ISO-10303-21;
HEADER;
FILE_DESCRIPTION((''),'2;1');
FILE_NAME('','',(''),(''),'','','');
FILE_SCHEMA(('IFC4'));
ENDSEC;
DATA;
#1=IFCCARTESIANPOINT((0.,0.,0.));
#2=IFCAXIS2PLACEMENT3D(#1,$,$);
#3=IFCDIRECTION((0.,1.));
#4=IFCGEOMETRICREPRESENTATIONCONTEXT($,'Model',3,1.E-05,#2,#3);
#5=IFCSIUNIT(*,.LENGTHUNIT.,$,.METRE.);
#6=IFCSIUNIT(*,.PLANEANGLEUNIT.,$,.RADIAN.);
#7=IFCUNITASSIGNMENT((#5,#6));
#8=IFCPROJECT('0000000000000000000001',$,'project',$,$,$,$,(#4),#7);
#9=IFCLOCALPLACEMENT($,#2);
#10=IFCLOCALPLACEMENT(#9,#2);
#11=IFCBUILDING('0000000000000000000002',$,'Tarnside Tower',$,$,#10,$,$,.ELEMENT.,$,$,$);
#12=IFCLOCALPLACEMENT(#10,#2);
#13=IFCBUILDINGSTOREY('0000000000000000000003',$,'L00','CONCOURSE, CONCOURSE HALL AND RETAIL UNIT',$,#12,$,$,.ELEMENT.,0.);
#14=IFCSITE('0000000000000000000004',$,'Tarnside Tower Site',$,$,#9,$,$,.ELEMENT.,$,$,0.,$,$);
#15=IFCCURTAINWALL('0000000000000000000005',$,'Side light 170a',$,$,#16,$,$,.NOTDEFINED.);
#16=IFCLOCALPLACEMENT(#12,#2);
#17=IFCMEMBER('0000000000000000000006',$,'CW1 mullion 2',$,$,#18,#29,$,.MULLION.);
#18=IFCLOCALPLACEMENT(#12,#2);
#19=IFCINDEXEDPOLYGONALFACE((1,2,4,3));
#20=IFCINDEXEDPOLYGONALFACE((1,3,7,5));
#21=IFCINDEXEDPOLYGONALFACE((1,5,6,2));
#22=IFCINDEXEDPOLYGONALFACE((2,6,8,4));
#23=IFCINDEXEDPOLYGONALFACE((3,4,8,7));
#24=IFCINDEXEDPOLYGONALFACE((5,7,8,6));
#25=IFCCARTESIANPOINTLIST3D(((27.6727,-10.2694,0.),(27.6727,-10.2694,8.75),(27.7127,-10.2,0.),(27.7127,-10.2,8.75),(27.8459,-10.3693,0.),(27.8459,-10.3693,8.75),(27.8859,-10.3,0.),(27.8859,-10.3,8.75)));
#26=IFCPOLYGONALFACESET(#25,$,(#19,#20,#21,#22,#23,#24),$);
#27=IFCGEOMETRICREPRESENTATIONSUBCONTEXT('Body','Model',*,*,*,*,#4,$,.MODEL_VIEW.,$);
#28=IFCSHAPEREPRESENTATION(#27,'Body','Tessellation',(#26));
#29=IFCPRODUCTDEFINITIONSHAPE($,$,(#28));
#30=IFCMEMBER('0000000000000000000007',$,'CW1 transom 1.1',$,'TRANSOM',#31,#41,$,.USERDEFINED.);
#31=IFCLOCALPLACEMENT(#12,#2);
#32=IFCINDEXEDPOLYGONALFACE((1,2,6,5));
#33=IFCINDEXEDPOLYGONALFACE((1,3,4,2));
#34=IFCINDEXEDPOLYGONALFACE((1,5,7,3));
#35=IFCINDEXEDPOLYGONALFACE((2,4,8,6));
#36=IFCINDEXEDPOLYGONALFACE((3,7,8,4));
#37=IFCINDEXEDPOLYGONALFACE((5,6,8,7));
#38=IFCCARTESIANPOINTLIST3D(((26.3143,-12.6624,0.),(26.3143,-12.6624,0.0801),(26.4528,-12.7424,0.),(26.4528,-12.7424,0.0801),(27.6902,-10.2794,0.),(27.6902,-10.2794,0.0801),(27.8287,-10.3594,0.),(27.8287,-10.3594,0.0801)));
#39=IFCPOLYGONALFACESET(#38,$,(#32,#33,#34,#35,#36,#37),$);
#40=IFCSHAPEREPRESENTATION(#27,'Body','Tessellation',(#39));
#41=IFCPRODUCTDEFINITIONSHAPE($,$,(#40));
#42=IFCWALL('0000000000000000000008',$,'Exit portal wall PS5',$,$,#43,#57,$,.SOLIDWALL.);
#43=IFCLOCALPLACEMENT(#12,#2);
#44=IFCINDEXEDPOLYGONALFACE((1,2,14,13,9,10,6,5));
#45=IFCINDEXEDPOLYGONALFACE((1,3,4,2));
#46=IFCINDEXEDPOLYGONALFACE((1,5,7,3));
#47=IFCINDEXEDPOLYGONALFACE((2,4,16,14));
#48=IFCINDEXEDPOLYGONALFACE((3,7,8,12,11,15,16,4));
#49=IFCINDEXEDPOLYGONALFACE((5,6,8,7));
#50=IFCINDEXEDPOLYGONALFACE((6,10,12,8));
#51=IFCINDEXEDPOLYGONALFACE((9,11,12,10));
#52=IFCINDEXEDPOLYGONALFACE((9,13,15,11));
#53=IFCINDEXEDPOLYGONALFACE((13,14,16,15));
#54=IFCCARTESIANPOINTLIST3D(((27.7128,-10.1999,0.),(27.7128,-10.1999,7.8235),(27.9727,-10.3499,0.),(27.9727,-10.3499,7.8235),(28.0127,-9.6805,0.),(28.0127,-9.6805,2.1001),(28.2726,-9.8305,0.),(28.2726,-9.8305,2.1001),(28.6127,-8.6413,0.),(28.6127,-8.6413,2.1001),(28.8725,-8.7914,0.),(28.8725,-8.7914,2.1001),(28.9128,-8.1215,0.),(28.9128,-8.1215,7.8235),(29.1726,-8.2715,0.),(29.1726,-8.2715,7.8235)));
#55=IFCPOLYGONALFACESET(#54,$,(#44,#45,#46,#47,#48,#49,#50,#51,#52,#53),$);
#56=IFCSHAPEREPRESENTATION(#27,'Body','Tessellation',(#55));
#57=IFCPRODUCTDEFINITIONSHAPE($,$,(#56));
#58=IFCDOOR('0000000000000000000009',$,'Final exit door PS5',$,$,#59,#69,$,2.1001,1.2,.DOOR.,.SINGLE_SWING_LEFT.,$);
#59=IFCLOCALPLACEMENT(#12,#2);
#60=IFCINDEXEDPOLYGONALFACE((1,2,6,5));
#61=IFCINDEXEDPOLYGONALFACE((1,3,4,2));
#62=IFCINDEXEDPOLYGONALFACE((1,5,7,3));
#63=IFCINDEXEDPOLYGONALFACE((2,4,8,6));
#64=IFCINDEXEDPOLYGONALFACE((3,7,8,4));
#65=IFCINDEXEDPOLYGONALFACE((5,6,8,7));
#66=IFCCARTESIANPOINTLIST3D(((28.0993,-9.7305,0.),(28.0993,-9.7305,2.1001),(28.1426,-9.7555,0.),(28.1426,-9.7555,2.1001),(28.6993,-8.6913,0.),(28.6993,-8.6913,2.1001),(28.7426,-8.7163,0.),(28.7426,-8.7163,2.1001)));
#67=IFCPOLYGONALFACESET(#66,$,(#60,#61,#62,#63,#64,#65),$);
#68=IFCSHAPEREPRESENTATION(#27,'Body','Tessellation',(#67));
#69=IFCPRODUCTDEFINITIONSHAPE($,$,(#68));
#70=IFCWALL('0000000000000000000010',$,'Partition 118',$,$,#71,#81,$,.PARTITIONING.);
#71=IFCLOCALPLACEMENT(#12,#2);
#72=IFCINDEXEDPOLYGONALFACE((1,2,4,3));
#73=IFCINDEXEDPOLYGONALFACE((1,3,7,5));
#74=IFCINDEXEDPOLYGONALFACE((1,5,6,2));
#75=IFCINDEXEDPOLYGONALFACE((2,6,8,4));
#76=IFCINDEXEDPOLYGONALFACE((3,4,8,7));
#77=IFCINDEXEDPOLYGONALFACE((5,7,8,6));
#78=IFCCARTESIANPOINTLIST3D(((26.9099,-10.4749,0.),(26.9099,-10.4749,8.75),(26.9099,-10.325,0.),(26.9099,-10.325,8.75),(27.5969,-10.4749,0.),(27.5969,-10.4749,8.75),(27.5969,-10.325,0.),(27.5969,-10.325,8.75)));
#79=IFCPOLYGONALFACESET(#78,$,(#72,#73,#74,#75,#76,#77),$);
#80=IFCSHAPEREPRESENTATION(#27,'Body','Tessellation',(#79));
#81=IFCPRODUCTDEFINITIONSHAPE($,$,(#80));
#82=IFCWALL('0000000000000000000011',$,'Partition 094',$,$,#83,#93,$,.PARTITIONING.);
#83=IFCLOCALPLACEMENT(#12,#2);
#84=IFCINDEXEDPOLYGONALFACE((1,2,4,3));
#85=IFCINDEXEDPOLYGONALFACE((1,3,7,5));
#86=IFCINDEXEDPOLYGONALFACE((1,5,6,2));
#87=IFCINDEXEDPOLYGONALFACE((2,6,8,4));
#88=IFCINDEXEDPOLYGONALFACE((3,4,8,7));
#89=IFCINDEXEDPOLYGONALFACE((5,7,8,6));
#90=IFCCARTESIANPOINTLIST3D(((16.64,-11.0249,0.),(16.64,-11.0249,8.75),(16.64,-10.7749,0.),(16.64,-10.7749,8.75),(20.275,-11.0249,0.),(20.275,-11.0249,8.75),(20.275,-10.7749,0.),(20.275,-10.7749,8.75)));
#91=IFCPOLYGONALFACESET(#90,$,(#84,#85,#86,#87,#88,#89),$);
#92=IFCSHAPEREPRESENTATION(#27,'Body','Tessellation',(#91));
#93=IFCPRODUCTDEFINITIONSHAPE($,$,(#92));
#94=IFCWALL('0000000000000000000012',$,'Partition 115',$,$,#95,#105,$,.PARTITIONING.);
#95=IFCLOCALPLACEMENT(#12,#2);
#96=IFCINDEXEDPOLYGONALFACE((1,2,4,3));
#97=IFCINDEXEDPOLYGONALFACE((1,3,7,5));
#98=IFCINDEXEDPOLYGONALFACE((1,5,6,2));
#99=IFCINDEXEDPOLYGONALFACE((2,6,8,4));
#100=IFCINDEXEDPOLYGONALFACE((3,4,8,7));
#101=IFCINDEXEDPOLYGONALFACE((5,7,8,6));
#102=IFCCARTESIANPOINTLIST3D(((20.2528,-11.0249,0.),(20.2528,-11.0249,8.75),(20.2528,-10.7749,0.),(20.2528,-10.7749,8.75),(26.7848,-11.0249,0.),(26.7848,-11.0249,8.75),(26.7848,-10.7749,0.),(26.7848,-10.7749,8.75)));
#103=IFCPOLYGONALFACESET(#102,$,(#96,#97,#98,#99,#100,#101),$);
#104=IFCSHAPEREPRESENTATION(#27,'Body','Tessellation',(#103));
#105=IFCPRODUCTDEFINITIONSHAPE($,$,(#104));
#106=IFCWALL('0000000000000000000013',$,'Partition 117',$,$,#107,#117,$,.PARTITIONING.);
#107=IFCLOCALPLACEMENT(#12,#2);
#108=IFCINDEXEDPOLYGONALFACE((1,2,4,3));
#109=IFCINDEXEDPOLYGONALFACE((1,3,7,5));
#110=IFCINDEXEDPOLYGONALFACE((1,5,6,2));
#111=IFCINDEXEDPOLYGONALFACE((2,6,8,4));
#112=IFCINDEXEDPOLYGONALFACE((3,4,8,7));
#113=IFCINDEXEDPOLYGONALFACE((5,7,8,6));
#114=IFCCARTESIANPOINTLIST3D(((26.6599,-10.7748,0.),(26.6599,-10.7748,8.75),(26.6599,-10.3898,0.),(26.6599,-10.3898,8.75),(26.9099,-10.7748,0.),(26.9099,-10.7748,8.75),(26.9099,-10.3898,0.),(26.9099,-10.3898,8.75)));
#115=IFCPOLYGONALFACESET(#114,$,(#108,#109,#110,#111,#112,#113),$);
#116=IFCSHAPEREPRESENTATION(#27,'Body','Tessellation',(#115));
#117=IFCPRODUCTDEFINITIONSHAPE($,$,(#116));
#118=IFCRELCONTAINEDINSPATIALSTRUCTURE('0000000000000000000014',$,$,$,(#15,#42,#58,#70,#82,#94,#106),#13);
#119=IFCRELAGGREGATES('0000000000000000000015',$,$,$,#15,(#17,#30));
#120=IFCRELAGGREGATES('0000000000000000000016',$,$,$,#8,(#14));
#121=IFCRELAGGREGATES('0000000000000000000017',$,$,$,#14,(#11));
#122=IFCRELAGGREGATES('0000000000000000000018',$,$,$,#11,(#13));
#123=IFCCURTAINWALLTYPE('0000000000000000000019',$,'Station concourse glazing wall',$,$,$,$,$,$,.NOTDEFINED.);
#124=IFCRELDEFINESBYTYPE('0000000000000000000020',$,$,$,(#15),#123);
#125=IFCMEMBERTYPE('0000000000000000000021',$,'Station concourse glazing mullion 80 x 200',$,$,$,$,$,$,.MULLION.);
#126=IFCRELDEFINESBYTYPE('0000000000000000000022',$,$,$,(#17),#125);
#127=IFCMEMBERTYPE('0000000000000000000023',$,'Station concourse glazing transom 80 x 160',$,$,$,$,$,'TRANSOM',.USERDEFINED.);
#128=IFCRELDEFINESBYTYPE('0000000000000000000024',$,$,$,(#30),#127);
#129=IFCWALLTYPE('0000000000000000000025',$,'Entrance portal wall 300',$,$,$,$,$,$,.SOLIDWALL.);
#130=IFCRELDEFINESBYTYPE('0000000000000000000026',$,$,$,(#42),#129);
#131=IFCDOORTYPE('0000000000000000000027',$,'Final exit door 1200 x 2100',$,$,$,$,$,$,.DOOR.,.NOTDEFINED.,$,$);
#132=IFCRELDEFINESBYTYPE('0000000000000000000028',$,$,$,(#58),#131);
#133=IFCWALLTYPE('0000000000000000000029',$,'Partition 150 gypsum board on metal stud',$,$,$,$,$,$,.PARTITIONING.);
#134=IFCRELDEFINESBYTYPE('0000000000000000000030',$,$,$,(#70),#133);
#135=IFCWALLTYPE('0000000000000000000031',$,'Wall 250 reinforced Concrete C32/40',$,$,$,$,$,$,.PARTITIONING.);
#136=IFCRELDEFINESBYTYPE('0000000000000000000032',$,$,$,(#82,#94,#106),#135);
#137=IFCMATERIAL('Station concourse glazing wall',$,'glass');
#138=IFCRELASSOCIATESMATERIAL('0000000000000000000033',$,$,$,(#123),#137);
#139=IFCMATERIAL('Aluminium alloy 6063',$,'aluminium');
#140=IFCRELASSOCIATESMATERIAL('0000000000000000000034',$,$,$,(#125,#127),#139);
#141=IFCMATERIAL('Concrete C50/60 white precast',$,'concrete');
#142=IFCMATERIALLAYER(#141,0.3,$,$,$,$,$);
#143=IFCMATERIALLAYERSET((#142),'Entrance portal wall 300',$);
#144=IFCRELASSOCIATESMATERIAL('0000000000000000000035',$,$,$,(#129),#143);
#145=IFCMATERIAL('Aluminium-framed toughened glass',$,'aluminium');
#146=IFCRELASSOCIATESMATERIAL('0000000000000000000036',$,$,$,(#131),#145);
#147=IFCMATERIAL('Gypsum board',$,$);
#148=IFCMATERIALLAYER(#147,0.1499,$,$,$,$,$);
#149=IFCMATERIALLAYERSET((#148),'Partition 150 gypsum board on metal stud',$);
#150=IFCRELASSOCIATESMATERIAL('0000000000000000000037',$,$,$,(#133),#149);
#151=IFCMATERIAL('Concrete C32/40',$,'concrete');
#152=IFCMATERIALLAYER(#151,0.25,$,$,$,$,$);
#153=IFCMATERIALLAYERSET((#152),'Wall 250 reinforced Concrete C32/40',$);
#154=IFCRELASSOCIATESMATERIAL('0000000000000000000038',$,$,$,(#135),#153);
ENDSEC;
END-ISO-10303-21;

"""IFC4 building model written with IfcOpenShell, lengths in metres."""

from ifc_helpers import new_model, si_unit, direction, frame, frame_2d, origin, origin_2d, place, context, subcontext, project, spatial, rectangle, extrude, material, layer, layer_set, material_profile, profile_set, type_object, element, fill, aggregate, save


model = new_model("IFC4")

# Units and contexts
model_context = context("Model", 3, precision=1e-05, world=origin(), true_north=direction((0.0, 1.0)))
body_context = subcontext(model_context, "Body", "Model", "MODEL_VIEW")
ifc_project = project(units=[si_unit("LENGTHUNIT", "METRE"), si_unit("PLANEANGLEUNIT", "RADIAN")], contexts=[model_context])

# Site, building, storey
site_placement = place(None, origin())
site = spatial("IfcSite", under=ifc_project, at=site_placement, Name="Tarnside Tower Site", CompositionType="ELEMENT", RefElevation=0.0)
building_placement = place(site_placement, origin())
building = spatial("IfcBuilding", under=site, at=building_placement, Name="Tarnside Tower", CompositionType="ELEMENT")
storey_placement = place(building_placement, origin())
storey = spatial("IfcBuildingStorey", under=building, at=storey_placement, Name="L00", Description="CONCOURSE, CONCOURSE HALL AND RETAIL UNIT", CompositionType="ELEMENT", Elevation=0.0)

# Shared definitions
ifc_material_1 = material(Name="Station concourse glazing wall", Category="glass")
curtain_wall_type = type_object("IfcCurtainWallType", Name="Station concourse glazing wall", PredefinedType="NOTDEFINED", material=ifc_material_1)
ifc_material_2 = material(Name="Aluminium alloy 6063", Category="aluminium")
ifc_material_profile_1 = material_profile(ifc_material_2, rectangle(XDim=0.2, YDim=0.0801, at=origin_2d()), Name="Station concourse glazing mullion 80 x 200")
ifc_profile_set_1 = profile_set([ifc_material_profile_1], Name="Aluminium alloy 6063")
member_type_1 = type_object("IfcMemberType", Name="Station concourse glazing mullion 80 x 200", PredefinedType="MULLION", material=ifc_profile_set_1)

# Curtain wall, members
curtain_wall_1_placement = place(storey_placement, origin())
curtain_wall_1 = element("IfcCurtainWall", 1, at=curtain_wall_1_placement, inside=storey, type_object=curtain_wall_type, Name="Side light 170a", PredefinedType="NOTDEFINED")
member_1_placement = place(storey_placement, frame((27.7793, -10.2847, 0.0), z_axis=(0.0, 0.0, 1.0), x_axis=(-0.866025, 0.5, 0.0)))
member_1 = element("IfcMember", 2, at=member_1_placement, type_object=member_type_1, Name="CW1 mullion 2", PredefinedType="MULLION", context=body_context, shape_type="SweptSolid", body=[
    extrude(rectangle(XDim=0.2, YDim=0.0801, at=origin_2d()), origin(), (0.0, 0.0, 1.0), 8.75),
])
ifc_material_profile_2 = material_profile(ifc_material_2, rectangle(XDim=0.1599, YDim=0.0801, at=origin_2d()), Name="Station concourse glazing transom 80 x 160")
ifc_profile_set_2 = profile_set([ifc_material_profile_2], Name="Aluminium alloy 6063")
member_type_2 = type_object("IfcMemberType", Name="Station concourse glazing transom 80 x 160", ElementType="TRANSOM", PredefinedType="USERDEFINED", material=ifc_profile_set_2)
member_2_placement = place(storey_placement, frame((26.3835, -12.7024, 0.04), z_axis=(0.500032, 0.866007, 0.0), x_axis=(-0.866007, 0.500032, 0.0)))
member_2 = element("IfcMember", 3, at=member_2_placement, type_object=member_type_2, Name="CW1 transom 1.1", ObjectType="TRANSOM", PredefinedType="USERDEFINED", context=body_context, shape_type="SweptSolid", body=[
    extrude(rectangle(XDim=0.1599, YDim=0.0801, at=origin_2d()), origin(), (0.0, 0.0, 1.0), 2.7517),
])
aggregate(curtain_wall_1, [member_1, member_2])

# Wall, opening, door
ifc_material_3 = material(Name="Concrete C50/60 white precast", Category="concrete")
ifc_layer_1 = layer(ifc_material_3, 0.3)
ifc_layer_set_1 = layer_set([ifc_layer_1], Name="Entrance portal wall 300")
wall_type_1 = type_object("IfcWallType", Name="Entrance portal wall 300", PredefinedType="SOLIDWALL", material=ifc_layer_set_1)
wall_1_placement = place(storey_placement, frame((29.0427, -8.1965, 0.0), z_axis=(0.0, 0.0, 1.0), x_axis=(-0.500001, -0.866025, 0.0)))
wall_1 = element("IfcWall", 4, at=wall_1_placement, inside=storey, type_object=wall_type_1, Name="Exit portal wall PS5", PredefinedType="SOLIDWALL", context=body_context, shape_type="SweptSolid", body=[
    extrude(rectangle(XDim=2.3999, YDim=0.3, at=frame_2d((1.2, 0.0))), origin(), (0.0, 0.0, 1.0), 7.8235),
])
opening_placement = place(wall_1_placement, frame((0.6001, 0.0, 0.0)))
opening = element("IfcOpeningElement", 5, at=opening_placement, cuts=wall_1, PredefinedType="OPENING", context=body_context, shape_type="SweptSolid", body=[
    extrude(rectangle(XDim=1.2, YDim=2.1001, at=frame_2d((0.6001, 1.05))), frame((0.0, 0.1602, 0.0), z_axis=(0.0, -1.0, 0.0), x_axis=(1.0, 0.0, 0.0)), (0.0, 0.0, 1.0), 0.3201),
])
ifc_material_4 = material(Name="Aluminium-framed toughened glass", Category="aluminium")
door_type = type_object("IfcDoorType", Name="Final exit door 1200 x 2100", OperationType="NOTDEFINED", PredefinedType="DOOR", material=ifc_material_4)
door_placement = place(opening_placement, frame((0.0, -0.0249, 0.0)))
door = element("IfcDoor", 6, at=door_placement, inside=storey, type_object=door_type, Name="Final exit door PS5", OperationType="SINGLE_SWING_LEFT", OverallHeight=2.1001, OverallWidth=1.2, PredefinedType="DOOR", context=body_context, shape_type="SweptSolid", body=[
    extrude(rectangle(XDim=1.2, YDim=2.1001, at=frame_2d((0.6001, 1.05))), frame((0.0, 0.0249, 0.0), z_axis=(0.0, -1.0, 0.0), x_axis=(1.0, 0.0, 0.0)), (0.0, 0.0, 1.0), 0.05),
])
fill(opening, door)

# Walls
ifc_material_5 = material(Name="Gypsum board")
ifc_layer_2 = layer(ifc_material_5, 0.1499)
ifc_layer_set_2 = layer_set([ifc_layer_2], Name="Partition 150 gypsum board on metal stud")
wall_type_2 = type_object("IfcWallType", Name="Partition 150 gypsum board on metal stud", PredefinedType="PARTITIONING", material=ifc_layer_set_2)
wall_2_placement = place(storey_placement, frame((27.5969, -10.3999, 0.0), z_axis=(0.0, 0.0, 1.0), x_axis=(-1.0, 0.0, 0.0)))
element("IfcWall", 7, at=wall_2_placement, inside=storey, type_object=wall_type_2, Name="Partition 118", PredefinedType="PARTITIONING", context=body_context, shape_type="SweptSolid", body=[
    extrude(rectangle(XDim=0.687, YDim=0.1499, at=frame_2d((0.3435, 0.0))), origin(), (0.0, 0.0, 1.0), 8.75),
])
ifc_material_6 = material(Name="Concrete C32/40", Category="concrete")
ifc_layer_3 = layer(ifc_material_6, 0.25)
ifc_layer_set_3 = layer_set([ifc_layer_3], Name="Wall 250 reinforced Concrete C32/40")
wall_type_3 = type_object("IfcWallType", Name="Wall 250 reinforced Concrete C32/40", PredefinedType="PARTITIONING", material=ifc_layer_set_3)
wall_3_placement = place(storey_placement, frame((20.2749, -10.8999, 0.0), z_axis=(0.0, 0.0, 1.0), x_axis=(-1.0, 0.0, 0.0)))
element("IfcWall", 8, at=wall_3_placement, inside=storey, type_object=wall_type_3, Name="Partition 094", PredefinedType="PARTITIONING", context=body_context, shape_type="SweptSolid", body=[
    extrude(rectangle(XDim=3.635, YDim=0.25, at=frame_2d((1.8174, 0.0))), origin(), (0.0, 0.0, 1.0), 8.75),
])
wall_4_placement = place(storey_placement, frame((26.7849, -10.8999, 0.0), z_axis=(0.0, 0.0, 1.0), x_axis=(-1.0, 0.0, 0.0)))
element("IfcWall", 9, at=wall_4_placement, inside=storey, type_object=wall_type_3, Name="Partition 115", PredefinedType="PARTITIONING", context=body_context, shape_type="SweptSolid", body=[
    extrude(rectangle(XDim=6.532, YDim=0.25, at=frame_2d((3.2661, 0.0))), origin(), (0.0, 0.0, 1.0), 8.75),
])
wall_5_placement = place(storey_placement, frame((26.7849, -10.3899, 0.0), z_axis=(0.0, 0.0, 1.0), x_axis=(0.0, -1.0, 0.0)))
element("IfcWall", 10, at=wall_5_placement, inside=storey, type_object=wall_type_3, Name="Partition 117", PredefinedType="PARTITIONING", context=body_context, shape_type="SweptSolid", body=[
    extrude(rectangle(XDim=0.385, YDim=0.25, at=frame_2d((0.1924, 0.0))), origin(), (0.0, 0.0, 1.0), 8.75),
])

save(model, "model.ifc")
